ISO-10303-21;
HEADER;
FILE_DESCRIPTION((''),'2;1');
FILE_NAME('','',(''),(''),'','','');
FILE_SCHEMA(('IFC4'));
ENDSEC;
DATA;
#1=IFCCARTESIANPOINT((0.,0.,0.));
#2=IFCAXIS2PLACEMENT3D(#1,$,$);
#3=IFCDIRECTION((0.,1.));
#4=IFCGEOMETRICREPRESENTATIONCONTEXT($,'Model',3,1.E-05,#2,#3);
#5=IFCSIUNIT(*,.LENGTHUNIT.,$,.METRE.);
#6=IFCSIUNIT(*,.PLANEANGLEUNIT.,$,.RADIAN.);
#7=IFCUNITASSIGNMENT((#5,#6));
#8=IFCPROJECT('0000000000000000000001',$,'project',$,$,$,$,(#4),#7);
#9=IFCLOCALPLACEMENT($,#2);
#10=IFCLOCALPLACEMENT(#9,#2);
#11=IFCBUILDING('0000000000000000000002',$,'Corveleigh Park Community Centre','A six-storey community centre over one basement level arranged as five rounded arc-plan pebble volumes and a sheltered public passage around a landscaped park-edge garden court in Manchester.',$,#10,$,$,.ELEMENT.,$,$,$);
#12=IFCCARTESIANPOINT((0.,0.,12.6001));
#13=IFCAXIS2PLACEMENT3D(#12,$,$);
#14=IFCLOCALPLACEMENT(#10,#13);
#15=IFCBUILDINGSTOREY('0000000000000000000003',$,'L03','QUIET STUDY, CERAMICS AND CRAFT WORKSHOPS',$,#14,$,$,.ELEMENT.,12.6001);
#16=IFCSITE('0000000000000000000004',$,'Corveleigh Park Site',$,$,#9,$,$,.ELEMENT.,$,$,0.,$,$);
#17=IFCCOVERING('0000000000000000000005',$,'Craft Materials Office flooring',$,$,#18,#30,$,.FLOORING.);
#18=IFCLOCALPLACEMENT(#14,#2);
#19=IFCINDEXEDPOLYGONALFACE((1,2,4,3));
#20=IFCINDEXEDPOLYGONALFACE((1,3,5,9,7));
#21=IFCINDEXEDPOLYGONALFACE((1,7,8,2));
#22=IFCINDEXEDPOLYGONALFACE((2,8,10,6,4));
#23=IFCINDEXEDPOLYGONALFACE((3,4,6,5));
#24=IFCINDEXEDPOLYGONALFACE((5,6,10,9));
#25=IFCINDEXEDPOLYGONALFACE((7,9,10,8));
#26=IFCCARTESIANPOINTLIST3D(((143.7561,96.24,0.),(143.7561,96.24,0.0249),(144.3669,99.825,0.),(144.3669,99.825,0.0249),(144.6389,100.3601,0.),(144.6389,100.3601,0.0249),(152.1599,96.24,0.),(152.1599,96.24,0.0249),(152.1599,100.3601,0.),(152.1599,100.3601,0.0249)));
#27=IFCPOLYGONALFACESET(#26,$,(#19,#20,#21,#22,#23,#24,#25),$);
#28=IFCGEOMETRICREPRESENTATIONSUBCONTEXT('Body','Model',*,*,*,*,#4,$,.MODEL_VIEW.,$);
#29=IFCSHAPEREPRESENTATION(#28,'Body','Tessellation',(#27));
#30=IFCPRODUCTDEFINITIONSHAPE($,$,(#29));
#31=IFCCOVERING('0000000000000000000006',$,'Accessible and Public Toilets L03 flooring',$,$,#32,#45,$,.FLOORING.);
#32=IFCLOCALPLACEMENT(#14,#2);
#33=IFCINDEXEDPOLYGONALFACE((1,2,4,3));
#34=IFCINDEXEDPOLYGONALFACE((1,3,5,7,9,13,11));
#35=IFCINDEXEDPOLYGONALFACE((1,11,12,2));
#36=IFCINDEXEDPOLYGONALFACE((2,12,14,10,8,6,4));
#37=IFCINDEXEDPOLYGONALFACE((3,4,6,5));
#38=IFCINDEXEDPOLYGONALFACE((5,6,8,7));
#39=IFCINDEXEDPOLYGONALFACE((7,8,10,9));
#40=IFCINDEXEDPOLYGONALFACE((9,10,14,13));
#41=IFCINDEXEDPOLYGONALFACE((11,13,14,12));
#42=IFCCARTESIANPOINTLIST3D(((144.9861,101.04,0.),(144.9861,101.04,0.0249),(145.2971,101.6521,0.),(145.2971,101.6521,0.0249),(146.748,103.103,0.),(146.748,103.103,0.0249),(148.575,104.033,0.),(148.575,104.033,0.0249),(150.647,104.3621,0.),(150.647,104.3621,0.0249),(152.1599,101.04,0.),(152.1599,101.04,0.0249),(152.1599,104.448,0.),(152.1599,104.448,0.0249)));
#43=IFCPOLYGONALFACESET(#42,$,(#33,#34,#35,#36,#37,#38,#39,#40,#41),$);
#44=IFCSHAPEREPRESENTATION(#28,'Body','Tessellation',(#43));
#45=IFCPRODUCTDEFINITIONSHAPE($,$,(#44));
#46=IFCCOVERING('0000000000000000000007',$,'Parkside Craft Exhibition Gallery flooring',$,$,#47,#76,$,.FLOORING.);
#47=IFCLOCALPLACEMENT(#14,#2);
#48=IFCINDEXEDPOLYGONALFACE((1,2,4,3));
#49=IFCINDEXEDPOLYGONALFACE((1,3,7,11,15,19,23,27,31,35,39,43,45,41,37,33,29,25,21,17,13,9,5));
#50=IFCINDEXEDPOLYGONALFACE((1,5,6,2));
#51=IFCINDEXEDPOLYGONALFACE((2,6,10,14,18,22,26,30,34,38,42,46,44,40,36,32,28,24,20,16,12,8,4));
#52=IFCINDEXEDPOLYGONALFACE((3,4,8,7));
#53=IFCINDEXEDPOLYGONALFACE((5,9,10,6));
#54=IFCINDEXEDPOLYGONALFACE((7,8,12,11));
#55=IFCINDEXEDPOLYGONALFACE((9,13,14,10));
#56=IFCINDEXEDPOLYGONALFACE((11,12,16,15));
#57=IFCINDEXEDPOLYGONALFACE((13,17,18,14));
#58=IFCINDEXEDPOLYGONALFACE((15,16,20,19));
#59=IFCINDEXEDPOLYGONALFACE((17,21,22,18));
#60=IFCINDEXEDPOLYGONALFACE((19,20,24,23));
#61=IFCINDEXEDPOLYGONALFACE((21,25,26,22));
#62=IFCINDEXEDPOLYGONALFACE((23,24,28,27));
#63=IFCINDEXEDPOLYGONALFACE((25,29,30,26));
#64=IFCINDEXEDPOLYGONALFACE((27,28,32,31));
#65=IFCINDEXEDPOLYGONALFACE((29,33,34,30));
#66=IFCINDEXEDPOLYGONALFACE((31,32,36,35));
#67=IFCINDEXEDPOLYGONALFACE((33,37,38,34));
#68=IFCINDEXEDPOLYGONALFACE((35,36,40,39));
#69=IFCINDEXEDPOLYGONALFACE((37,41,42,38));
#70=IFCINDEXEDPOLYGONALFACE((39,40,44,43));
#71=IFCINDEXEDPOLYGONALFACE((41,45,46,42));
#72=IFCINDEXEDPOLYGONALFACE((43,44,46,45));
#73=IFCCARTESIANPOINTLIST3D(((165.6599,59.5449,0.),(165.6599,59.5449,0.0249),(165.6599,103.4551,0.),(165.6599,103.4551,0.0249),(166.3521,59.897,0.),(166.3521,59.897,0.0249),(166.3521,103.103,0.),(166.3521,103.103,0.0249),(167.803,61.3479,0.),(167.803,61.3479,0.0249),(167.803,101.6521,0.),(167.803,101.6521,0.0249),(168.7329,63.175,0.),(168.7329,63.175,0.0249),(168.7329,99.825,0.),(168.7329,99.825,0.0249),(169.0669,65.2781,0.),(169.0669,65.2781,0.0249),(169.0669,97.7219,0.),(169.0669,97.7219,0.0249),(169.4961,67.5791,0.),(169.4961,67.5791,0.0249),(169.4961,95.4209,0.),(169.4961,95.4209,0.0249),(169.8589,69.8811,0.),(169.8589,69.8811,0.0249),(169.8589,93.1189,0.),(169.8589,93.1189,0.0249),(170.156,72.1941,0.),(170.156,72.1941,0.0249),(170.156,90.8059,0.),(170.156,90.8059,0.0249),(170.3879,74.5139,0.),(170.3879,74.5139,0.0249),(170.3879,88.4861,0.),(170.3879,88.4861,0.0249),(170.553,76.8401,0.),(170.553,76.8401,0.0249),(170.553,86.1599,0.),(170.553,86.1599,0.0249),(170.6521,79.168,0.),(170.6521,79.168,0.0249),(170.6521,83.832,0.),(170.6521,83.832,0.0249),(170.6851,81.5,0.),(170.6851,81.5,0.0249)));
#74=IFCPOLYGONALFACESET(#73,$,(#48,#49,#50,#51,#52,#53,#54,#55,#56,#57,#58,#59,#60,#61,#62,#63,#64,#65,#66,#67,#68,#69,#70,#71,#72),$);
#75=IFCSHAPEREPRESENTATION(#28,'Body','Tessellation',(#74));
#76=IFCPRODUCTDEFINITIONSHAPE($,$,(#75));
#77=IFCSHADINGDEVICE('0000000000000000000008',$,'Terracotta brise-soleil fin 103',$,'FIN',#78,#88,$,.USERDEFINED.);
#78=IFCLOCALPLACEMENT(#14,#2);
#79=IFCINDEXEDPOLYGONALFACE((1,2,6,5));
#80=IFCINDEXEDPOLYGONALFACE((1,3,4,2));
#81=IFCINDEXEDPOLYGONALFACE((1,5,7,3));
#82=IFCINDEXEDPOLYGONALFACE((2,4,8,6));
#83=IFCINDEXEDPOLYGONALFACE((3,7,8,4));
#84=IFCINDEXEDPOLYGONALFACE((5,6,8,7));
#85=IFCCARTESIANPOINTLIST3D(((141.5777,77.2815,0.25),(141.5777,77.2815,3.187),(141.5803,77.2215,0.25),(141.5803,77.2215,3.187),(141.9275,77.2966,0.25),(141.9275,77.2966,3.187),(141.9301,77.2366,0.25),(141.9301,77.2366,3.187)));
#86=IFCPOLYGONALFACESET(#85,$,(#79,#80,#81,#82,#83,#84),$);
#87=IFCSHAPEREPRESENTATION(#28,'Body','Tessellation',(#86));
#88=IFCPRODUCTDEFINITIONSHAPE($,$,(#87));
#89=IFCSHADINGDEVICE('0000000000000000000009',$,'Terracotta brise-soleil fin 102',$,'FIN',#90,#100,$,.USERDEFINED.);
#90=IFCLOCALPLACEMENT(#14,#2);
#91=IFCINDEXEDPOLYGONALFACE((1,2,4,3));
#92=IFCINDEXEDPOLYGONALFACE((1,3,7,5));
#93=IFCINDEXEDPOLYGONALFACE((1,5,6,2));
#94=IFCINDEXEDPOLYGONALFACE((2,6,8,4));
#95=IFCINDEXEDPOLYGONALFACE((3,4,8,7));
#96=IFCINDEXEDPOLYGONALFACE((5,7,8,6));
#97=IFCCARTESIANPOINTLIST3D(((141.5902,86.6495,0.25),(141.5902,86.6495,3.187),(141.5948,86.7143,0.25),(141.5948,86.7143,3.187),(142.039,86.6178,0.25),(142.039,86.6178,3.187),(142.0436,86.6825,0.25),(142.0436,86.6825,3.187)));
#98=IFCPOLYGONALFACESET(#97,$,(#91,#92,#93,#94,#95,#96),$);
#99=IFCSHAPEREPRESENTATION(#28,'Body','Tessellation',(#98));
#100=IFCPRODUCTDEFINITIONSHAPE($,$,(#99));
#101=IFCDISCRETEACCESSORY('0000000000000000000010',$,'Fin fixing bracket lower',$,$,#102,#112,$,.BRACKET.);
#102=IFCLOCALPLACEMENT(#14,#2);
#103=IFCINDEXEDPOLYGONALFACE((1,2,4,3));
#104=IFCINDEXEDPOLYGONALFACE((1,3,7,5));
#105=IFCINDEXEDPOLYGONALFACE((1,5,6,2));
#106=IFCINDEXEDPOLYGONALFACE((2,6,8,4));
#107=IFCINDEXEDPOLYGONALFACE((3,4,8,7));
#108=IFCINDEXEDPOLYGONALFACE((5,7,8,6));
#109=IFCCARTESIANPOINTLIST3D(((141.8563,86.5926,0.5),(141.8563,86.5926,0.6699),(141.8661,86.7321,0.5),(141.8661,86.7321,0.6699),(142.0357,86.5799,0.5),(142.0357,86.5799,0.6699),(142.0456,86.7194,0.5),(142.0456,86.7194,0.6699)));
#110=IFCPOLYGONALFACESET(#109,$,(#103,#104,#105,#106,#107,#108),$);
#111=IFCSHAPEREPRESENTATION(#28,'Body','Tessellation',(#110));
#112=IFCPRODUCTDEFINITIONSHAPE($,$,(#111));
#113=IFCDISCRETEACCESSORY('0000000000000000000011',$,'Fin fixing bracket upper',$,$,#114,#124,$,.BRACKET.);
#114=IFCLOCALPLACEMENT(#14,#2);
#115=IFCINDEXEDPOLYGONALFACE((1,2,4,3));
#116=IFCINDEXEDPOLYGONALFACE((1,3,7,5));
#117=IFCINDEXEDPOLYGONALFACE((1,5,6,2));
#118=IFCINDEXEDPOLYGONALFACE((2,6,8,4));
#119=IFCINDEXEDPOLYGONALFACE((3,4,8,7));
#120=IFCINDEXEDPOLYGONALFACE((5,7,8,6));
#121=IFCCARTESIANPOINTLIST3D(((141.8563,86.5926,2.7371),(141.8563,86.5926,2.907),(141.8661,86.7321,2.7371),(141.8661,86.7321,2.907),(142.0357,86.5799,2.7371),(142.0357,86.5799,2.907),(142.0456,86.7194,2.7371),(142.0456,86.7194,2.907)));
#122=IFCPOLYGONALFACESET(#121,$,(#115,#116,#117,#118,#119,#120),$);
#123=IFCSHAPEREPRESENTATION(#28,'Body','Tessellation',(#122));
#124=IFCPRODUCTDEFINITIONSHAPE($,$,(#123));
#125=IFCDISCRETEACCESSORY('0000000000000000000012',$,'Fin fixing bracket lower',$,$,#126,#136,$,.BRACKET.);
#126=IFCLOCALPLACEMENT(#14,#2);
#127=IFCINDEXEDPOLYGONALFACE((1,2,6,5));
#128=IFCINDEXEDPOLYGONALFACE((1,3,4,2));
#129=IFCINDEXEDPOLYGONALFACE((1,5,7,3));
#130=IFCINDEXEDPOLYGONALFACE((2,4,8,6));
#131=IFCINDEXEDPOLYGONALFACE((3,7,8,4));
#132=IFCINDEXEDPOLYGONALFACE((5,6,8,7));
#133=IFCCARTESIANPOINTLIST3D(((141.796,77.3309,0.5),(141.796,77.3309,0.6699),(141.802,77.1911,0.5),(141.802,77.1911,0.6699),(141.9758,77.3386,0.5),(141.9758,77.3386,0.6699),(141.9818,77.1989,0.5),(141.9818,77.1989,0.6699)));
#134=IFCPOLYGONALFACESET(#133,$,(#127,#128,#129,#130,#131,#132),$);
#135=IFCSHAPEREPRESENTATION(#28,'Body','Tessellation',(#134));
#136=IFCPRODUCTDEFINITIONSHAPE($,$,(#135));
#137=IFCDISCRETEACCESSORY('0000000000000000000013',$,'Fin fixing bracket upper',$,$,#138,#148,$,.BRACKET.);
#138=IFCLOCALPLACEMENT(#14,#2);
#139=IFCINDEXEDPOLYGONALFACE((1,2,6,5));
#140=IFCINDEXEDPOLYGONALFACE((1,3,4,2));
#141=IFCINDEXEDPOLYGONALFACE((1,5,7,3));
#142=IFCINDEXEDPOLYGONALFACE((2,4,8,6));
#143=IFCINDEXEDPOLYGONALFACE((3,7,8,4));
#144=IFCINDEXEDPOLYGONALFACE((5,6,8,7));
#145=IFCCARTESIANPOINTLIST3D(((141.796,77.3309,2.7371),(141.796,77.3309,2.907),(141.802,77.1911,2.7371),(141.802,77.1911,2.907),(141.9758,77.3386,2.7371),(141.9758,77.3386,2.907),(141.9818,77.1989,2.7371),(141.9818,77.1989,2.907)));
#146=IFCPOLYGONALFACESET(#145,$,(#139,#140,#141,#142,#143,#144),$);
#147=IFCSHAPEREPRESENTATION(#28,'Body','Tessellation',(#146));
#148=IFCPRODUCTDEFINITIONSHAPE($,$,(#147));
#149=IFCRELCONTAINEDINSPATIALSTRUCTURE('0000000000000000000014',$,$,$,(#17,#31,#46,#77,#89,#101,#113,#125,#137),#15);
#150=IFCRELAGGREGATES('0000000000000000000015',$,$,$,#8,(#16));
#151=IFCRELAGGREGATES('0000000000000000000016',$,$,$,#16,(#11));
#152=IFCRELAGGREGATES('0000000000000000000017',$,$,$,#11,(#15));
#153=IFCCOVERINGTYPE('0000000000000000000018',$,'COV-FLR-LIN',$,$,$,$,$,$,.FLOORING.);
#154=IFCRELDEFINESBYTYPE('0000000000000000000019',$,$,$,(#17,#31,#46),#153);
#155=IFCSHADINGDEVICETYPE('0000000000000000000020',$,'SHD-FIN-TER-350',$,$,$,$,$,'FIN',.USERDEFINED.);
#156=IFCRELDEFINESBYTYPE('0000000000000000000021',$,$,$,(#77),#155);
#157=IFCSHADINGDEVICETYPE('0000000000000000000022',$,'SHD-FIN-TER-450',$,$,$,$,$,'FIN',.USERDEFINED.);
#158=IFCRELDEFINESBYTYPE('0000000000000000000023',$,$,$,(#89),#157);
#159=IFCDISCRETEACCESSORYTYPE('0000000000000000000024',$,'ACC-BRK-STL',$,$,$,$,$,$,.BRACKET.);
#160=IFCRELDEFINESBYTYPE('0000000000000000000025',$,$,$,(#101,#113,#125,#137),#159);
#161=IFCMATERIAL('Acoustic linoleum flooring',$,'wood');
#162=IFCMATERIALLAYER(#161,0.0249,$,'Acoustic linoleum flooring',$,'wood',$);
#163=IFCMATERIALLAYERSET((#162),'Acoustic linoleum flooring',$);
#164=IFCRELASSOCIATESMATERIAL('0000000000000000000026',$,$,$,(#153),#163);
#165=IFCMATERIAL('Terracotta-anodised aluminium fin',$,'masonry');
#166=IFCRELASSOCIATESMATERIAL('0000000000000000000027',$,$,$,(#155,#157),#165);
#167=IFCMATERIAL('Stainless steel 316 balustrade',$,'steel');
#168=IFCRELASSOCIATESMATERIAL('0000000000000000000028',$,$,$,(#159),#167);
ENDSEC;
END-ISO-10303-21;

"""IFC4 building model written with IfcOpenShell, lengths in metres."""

from ifc_helpers import new_model, si_unit, direction, frame, origin, origin_2d, place, context, subcontext, project, spatial, polyline, rectangle, outline, extrude, material, layer, layer_set, type_object, element, save


model = new_model("IFC4")

# Units and contexts
model_context = context("Model", 3, precision=1e-05, world=origin(), true_north=direction((0.0, 1.0)))
body_context = subcontext(model_context, "Body", "Model", "MODEL_VIEW")
ifc_project = project(units=[si_unit("LENGTHUNIT", "METRE"), si_unit("PLANEANGLEUNIT", "RADIAN")], contexts=[model_context])

# Site, building, storey
site_placement = place(None, origin())
site = spatial("IfcSite", under=ifc_project, at=site_placement, Name="Corveleigh Park Site", CompositionType="ELEMENT", RefElevation=0.0)
building_placement = place(site_placement, origin())
building = spatial("IfcBuilding", under=site, at=building_placement, Name="Corveleigh Park Community Centre", Description="A six-storey community centre over one basement level arranged as five rounded arc-plan pebble volumes and a sheltered public passage around a landscaped park-edge garden court in Manchester.", CompositionType="ELEMENT")
storey_placement = place(building_placement, frame((0.0, 0.0, 12.6001)))
storey = spatial("IfcBuildingStorey", under=building, at=storey_placement, Name="L03", Description="QUIET STUDY, CERAMICS AND CRAFT WORKSHOPS", CompositionType="ELEMENT", Elevation=12.6001)

# Coverings
ifc_material_1 = material(Name="Acoustic linoleum flooring", Category="wood")
ifc_layer_1 = layer(ifc_material_1, 0.0249, Name="Acoustic linoleum flooring", Category="wood")
ifc_layer_set_1 = layer_set([ifc_layer_1], Name="Acoustic linoleum flooring")
covering_type_1 = type_object("IfcCoveringType", Name="COV-FLR-LIN", PredefinedType="FLOORING", material=ifc_layer_set_1)
covering_1_placement = place(storey_placement, origin())
element("IfcCovering", 1, at=covering_1_placement, inside=storey, type_object=covering_type_1, Name="Craft Materials Office flooring", PredefinedType="FLOORING", context=body_context, shape_type="SweptSolid", body=[
    extrude(outline(polyline([(143.7561, 96.24), (144.3669, 99.825), (144.6389, 100.3601), (152.1599, 100.3601), (152.1599, 96.24), (143.7561, 96.24)])), origin(), (0.0, 0.0, 1.0), 0.0249),
])
covering_2_placement = place(storey_placement, origin())
element("IfcCovering", 2, at=covering_2_placement, inside=storey, type_object=covering_type_1, Name="Accessible and Public Toilets L03 flooring", PredefinedType="FLOORING", context=body_context, shape_type="SweptSolid", body=[
    extrude(outline(polyline([(152.1599, 101.04), (144.9861, 101.04), (145.2971, 101.6521), (146.748, 103.103), (148.575, 104.033), (150.647, 104.3621), (152.1599, 104.448), (152.1599, 101.04)])), origin(), (0.0, 0.0, 1.0), 0.0249),
])
covering_3_placement = place(storey_placement, origin())
element("IfcCovering", 3, at=covering_3_placement, inside=storey, type_object=covering_type_1, Name="Parkside Craft Exhibition Gallery flooring", PredefinedType="FLOORING", context=body_context, shape_type="SweptSolid", body=[
    extrude(outline(polyline([(165.6599, 59.5449), (165.6599, 103.4551), (166.3521, 103.103), (167.803, 101.6521), (168.7329, 99.825), (169.0669, 97.7219), (169.4961, 95.4209), (169.8589, 93.1189), (170.156, 90.8059), (170.3879, 88.4861), (170.553, 86.1599), (170.6521, 83.832), (170.6851, 81.5), (170.6521, 79.168), (170.553, 76.8401), (170.3879, 74.5139), (170.156, 72.1941), (169.8589, 69.8811), (169.4961, 67.5791), (169.0669, 65.2781), (168.7329, 63.175), (167.803, 61.3479), (166.3521, 59.897), (165.6599, 59.5449)])), origin(), (0.0, 0.0, 1.0), 0.0249),
])

# Shading devices
ifc_material_2 = material(Name="Terracotta-anodised aluminium fin", Category="masonry")
shading_device_type_1 = type_object("IfcShadingDeviceType", Name="SHD-FIN-TER-350", ElementType="FIN", PredefinedType="USERDEFINED", material=ifc_material_2)
shading_device_1_placement = place(storey_placement, frame((141.7539, 77.259, 0.25), z_axis=(0.0, 0.0, 1.0), x_axis=(-0.999075, -0.043008, 0.0)))
element("IfcShadingDevice", 4, at=shading_device_1_placement, inside=storey, type_object=shading_device_type_1, Name="Terracotta brise-soleil fin 103", ObjectType="FIN", PredefinedType="USERDEFINED", context=body_context, shape_type="SweptSolid", body=[
    extrude(rectangle(XDim=0.3501, YDim=0.0601, at=origin_2d()), origin(), (0.0, 0.0, 1.0), 2.937),
])
shading_device_type_2 = type_object("IfcShadingDeviceType", Name="SHD-FIN-TER-450", ElementType="FIN", PredefinedType="USERDEFINED", material=ifc_material_2)
shading_device_2_placement = place(storey_placement, frame((141.8169, 86.666, 0.25), z_axis=(0.0, 0.0, 1.0), x_axis=(-0.997511, 0.070514, 0.0)))
element("IfcShadingDevice", 5, at=shading_device_2_placement, inside=storey, type_object=shading_device_type_2, Name="Terracotta brise-soleil fin 102", ObjectType="FIN", PredefinedType="USERDEFINED", context=body_context, shape_type="SweptSolid", body=[
    extrude(rectangle(XDim=0.45, YDim=0.0649, at=origin_2d()), origin(), (0.0, 0.0, 1.0), 2.937),
])

# Discrete accessories
ifc_material_3 = material(Name="Stainless steel 316 balustrade", Category="steel")
discrete_accessory_type = type_object("IfcDiscreteAccessoryType", Name="ACC-BRK-STL", PredefinedType="BRACKET", material=ifc_material_3)
for number, where, z_axis, x_axis, name in (
    (6, (141.9509, 86.656, 0.5), (0.0, 0.0, 1.0), (-0.997511, 0.070514, 0.0), "Fin fixing bracket lower"),
    (7, (141.9509, 86.656, 2.7371), (0.0, 0.0, 1.0), (-0.997511, 0.070514, 0.0), "Fin fixing bracket upper"),
    (8, (141.8889, 77.2649, 0.5), (0.0, 0.0, 1.0), (-0.999075, -0.043008, 0.0), "Fin fixing bracket lower"),
    (9, (141.8889, 77.2649, 2.7371), (0.0, 0.0, 1.0), (-0.999075, -0.043008, 0.0), "Fin fixing bracket upper"),
):
    element("IfcDiscreteAccessory", number, at=place(storey_placement, frame(where, z_axis=z_axis, x_axis=x_axis)), inside=storey, type_object=discrete_accessory_type, Name=name, PredefinedType="BRACKET", context=body_context, shape_type="SweptSolid", body=[
        extrude(rectangle(XDim=0.1799, YDim=0.1399, at=origin_2d()), origin(), (0.0, 0.0, 1.0), 0.1699),
    ])

save(model, "model.ifc")
